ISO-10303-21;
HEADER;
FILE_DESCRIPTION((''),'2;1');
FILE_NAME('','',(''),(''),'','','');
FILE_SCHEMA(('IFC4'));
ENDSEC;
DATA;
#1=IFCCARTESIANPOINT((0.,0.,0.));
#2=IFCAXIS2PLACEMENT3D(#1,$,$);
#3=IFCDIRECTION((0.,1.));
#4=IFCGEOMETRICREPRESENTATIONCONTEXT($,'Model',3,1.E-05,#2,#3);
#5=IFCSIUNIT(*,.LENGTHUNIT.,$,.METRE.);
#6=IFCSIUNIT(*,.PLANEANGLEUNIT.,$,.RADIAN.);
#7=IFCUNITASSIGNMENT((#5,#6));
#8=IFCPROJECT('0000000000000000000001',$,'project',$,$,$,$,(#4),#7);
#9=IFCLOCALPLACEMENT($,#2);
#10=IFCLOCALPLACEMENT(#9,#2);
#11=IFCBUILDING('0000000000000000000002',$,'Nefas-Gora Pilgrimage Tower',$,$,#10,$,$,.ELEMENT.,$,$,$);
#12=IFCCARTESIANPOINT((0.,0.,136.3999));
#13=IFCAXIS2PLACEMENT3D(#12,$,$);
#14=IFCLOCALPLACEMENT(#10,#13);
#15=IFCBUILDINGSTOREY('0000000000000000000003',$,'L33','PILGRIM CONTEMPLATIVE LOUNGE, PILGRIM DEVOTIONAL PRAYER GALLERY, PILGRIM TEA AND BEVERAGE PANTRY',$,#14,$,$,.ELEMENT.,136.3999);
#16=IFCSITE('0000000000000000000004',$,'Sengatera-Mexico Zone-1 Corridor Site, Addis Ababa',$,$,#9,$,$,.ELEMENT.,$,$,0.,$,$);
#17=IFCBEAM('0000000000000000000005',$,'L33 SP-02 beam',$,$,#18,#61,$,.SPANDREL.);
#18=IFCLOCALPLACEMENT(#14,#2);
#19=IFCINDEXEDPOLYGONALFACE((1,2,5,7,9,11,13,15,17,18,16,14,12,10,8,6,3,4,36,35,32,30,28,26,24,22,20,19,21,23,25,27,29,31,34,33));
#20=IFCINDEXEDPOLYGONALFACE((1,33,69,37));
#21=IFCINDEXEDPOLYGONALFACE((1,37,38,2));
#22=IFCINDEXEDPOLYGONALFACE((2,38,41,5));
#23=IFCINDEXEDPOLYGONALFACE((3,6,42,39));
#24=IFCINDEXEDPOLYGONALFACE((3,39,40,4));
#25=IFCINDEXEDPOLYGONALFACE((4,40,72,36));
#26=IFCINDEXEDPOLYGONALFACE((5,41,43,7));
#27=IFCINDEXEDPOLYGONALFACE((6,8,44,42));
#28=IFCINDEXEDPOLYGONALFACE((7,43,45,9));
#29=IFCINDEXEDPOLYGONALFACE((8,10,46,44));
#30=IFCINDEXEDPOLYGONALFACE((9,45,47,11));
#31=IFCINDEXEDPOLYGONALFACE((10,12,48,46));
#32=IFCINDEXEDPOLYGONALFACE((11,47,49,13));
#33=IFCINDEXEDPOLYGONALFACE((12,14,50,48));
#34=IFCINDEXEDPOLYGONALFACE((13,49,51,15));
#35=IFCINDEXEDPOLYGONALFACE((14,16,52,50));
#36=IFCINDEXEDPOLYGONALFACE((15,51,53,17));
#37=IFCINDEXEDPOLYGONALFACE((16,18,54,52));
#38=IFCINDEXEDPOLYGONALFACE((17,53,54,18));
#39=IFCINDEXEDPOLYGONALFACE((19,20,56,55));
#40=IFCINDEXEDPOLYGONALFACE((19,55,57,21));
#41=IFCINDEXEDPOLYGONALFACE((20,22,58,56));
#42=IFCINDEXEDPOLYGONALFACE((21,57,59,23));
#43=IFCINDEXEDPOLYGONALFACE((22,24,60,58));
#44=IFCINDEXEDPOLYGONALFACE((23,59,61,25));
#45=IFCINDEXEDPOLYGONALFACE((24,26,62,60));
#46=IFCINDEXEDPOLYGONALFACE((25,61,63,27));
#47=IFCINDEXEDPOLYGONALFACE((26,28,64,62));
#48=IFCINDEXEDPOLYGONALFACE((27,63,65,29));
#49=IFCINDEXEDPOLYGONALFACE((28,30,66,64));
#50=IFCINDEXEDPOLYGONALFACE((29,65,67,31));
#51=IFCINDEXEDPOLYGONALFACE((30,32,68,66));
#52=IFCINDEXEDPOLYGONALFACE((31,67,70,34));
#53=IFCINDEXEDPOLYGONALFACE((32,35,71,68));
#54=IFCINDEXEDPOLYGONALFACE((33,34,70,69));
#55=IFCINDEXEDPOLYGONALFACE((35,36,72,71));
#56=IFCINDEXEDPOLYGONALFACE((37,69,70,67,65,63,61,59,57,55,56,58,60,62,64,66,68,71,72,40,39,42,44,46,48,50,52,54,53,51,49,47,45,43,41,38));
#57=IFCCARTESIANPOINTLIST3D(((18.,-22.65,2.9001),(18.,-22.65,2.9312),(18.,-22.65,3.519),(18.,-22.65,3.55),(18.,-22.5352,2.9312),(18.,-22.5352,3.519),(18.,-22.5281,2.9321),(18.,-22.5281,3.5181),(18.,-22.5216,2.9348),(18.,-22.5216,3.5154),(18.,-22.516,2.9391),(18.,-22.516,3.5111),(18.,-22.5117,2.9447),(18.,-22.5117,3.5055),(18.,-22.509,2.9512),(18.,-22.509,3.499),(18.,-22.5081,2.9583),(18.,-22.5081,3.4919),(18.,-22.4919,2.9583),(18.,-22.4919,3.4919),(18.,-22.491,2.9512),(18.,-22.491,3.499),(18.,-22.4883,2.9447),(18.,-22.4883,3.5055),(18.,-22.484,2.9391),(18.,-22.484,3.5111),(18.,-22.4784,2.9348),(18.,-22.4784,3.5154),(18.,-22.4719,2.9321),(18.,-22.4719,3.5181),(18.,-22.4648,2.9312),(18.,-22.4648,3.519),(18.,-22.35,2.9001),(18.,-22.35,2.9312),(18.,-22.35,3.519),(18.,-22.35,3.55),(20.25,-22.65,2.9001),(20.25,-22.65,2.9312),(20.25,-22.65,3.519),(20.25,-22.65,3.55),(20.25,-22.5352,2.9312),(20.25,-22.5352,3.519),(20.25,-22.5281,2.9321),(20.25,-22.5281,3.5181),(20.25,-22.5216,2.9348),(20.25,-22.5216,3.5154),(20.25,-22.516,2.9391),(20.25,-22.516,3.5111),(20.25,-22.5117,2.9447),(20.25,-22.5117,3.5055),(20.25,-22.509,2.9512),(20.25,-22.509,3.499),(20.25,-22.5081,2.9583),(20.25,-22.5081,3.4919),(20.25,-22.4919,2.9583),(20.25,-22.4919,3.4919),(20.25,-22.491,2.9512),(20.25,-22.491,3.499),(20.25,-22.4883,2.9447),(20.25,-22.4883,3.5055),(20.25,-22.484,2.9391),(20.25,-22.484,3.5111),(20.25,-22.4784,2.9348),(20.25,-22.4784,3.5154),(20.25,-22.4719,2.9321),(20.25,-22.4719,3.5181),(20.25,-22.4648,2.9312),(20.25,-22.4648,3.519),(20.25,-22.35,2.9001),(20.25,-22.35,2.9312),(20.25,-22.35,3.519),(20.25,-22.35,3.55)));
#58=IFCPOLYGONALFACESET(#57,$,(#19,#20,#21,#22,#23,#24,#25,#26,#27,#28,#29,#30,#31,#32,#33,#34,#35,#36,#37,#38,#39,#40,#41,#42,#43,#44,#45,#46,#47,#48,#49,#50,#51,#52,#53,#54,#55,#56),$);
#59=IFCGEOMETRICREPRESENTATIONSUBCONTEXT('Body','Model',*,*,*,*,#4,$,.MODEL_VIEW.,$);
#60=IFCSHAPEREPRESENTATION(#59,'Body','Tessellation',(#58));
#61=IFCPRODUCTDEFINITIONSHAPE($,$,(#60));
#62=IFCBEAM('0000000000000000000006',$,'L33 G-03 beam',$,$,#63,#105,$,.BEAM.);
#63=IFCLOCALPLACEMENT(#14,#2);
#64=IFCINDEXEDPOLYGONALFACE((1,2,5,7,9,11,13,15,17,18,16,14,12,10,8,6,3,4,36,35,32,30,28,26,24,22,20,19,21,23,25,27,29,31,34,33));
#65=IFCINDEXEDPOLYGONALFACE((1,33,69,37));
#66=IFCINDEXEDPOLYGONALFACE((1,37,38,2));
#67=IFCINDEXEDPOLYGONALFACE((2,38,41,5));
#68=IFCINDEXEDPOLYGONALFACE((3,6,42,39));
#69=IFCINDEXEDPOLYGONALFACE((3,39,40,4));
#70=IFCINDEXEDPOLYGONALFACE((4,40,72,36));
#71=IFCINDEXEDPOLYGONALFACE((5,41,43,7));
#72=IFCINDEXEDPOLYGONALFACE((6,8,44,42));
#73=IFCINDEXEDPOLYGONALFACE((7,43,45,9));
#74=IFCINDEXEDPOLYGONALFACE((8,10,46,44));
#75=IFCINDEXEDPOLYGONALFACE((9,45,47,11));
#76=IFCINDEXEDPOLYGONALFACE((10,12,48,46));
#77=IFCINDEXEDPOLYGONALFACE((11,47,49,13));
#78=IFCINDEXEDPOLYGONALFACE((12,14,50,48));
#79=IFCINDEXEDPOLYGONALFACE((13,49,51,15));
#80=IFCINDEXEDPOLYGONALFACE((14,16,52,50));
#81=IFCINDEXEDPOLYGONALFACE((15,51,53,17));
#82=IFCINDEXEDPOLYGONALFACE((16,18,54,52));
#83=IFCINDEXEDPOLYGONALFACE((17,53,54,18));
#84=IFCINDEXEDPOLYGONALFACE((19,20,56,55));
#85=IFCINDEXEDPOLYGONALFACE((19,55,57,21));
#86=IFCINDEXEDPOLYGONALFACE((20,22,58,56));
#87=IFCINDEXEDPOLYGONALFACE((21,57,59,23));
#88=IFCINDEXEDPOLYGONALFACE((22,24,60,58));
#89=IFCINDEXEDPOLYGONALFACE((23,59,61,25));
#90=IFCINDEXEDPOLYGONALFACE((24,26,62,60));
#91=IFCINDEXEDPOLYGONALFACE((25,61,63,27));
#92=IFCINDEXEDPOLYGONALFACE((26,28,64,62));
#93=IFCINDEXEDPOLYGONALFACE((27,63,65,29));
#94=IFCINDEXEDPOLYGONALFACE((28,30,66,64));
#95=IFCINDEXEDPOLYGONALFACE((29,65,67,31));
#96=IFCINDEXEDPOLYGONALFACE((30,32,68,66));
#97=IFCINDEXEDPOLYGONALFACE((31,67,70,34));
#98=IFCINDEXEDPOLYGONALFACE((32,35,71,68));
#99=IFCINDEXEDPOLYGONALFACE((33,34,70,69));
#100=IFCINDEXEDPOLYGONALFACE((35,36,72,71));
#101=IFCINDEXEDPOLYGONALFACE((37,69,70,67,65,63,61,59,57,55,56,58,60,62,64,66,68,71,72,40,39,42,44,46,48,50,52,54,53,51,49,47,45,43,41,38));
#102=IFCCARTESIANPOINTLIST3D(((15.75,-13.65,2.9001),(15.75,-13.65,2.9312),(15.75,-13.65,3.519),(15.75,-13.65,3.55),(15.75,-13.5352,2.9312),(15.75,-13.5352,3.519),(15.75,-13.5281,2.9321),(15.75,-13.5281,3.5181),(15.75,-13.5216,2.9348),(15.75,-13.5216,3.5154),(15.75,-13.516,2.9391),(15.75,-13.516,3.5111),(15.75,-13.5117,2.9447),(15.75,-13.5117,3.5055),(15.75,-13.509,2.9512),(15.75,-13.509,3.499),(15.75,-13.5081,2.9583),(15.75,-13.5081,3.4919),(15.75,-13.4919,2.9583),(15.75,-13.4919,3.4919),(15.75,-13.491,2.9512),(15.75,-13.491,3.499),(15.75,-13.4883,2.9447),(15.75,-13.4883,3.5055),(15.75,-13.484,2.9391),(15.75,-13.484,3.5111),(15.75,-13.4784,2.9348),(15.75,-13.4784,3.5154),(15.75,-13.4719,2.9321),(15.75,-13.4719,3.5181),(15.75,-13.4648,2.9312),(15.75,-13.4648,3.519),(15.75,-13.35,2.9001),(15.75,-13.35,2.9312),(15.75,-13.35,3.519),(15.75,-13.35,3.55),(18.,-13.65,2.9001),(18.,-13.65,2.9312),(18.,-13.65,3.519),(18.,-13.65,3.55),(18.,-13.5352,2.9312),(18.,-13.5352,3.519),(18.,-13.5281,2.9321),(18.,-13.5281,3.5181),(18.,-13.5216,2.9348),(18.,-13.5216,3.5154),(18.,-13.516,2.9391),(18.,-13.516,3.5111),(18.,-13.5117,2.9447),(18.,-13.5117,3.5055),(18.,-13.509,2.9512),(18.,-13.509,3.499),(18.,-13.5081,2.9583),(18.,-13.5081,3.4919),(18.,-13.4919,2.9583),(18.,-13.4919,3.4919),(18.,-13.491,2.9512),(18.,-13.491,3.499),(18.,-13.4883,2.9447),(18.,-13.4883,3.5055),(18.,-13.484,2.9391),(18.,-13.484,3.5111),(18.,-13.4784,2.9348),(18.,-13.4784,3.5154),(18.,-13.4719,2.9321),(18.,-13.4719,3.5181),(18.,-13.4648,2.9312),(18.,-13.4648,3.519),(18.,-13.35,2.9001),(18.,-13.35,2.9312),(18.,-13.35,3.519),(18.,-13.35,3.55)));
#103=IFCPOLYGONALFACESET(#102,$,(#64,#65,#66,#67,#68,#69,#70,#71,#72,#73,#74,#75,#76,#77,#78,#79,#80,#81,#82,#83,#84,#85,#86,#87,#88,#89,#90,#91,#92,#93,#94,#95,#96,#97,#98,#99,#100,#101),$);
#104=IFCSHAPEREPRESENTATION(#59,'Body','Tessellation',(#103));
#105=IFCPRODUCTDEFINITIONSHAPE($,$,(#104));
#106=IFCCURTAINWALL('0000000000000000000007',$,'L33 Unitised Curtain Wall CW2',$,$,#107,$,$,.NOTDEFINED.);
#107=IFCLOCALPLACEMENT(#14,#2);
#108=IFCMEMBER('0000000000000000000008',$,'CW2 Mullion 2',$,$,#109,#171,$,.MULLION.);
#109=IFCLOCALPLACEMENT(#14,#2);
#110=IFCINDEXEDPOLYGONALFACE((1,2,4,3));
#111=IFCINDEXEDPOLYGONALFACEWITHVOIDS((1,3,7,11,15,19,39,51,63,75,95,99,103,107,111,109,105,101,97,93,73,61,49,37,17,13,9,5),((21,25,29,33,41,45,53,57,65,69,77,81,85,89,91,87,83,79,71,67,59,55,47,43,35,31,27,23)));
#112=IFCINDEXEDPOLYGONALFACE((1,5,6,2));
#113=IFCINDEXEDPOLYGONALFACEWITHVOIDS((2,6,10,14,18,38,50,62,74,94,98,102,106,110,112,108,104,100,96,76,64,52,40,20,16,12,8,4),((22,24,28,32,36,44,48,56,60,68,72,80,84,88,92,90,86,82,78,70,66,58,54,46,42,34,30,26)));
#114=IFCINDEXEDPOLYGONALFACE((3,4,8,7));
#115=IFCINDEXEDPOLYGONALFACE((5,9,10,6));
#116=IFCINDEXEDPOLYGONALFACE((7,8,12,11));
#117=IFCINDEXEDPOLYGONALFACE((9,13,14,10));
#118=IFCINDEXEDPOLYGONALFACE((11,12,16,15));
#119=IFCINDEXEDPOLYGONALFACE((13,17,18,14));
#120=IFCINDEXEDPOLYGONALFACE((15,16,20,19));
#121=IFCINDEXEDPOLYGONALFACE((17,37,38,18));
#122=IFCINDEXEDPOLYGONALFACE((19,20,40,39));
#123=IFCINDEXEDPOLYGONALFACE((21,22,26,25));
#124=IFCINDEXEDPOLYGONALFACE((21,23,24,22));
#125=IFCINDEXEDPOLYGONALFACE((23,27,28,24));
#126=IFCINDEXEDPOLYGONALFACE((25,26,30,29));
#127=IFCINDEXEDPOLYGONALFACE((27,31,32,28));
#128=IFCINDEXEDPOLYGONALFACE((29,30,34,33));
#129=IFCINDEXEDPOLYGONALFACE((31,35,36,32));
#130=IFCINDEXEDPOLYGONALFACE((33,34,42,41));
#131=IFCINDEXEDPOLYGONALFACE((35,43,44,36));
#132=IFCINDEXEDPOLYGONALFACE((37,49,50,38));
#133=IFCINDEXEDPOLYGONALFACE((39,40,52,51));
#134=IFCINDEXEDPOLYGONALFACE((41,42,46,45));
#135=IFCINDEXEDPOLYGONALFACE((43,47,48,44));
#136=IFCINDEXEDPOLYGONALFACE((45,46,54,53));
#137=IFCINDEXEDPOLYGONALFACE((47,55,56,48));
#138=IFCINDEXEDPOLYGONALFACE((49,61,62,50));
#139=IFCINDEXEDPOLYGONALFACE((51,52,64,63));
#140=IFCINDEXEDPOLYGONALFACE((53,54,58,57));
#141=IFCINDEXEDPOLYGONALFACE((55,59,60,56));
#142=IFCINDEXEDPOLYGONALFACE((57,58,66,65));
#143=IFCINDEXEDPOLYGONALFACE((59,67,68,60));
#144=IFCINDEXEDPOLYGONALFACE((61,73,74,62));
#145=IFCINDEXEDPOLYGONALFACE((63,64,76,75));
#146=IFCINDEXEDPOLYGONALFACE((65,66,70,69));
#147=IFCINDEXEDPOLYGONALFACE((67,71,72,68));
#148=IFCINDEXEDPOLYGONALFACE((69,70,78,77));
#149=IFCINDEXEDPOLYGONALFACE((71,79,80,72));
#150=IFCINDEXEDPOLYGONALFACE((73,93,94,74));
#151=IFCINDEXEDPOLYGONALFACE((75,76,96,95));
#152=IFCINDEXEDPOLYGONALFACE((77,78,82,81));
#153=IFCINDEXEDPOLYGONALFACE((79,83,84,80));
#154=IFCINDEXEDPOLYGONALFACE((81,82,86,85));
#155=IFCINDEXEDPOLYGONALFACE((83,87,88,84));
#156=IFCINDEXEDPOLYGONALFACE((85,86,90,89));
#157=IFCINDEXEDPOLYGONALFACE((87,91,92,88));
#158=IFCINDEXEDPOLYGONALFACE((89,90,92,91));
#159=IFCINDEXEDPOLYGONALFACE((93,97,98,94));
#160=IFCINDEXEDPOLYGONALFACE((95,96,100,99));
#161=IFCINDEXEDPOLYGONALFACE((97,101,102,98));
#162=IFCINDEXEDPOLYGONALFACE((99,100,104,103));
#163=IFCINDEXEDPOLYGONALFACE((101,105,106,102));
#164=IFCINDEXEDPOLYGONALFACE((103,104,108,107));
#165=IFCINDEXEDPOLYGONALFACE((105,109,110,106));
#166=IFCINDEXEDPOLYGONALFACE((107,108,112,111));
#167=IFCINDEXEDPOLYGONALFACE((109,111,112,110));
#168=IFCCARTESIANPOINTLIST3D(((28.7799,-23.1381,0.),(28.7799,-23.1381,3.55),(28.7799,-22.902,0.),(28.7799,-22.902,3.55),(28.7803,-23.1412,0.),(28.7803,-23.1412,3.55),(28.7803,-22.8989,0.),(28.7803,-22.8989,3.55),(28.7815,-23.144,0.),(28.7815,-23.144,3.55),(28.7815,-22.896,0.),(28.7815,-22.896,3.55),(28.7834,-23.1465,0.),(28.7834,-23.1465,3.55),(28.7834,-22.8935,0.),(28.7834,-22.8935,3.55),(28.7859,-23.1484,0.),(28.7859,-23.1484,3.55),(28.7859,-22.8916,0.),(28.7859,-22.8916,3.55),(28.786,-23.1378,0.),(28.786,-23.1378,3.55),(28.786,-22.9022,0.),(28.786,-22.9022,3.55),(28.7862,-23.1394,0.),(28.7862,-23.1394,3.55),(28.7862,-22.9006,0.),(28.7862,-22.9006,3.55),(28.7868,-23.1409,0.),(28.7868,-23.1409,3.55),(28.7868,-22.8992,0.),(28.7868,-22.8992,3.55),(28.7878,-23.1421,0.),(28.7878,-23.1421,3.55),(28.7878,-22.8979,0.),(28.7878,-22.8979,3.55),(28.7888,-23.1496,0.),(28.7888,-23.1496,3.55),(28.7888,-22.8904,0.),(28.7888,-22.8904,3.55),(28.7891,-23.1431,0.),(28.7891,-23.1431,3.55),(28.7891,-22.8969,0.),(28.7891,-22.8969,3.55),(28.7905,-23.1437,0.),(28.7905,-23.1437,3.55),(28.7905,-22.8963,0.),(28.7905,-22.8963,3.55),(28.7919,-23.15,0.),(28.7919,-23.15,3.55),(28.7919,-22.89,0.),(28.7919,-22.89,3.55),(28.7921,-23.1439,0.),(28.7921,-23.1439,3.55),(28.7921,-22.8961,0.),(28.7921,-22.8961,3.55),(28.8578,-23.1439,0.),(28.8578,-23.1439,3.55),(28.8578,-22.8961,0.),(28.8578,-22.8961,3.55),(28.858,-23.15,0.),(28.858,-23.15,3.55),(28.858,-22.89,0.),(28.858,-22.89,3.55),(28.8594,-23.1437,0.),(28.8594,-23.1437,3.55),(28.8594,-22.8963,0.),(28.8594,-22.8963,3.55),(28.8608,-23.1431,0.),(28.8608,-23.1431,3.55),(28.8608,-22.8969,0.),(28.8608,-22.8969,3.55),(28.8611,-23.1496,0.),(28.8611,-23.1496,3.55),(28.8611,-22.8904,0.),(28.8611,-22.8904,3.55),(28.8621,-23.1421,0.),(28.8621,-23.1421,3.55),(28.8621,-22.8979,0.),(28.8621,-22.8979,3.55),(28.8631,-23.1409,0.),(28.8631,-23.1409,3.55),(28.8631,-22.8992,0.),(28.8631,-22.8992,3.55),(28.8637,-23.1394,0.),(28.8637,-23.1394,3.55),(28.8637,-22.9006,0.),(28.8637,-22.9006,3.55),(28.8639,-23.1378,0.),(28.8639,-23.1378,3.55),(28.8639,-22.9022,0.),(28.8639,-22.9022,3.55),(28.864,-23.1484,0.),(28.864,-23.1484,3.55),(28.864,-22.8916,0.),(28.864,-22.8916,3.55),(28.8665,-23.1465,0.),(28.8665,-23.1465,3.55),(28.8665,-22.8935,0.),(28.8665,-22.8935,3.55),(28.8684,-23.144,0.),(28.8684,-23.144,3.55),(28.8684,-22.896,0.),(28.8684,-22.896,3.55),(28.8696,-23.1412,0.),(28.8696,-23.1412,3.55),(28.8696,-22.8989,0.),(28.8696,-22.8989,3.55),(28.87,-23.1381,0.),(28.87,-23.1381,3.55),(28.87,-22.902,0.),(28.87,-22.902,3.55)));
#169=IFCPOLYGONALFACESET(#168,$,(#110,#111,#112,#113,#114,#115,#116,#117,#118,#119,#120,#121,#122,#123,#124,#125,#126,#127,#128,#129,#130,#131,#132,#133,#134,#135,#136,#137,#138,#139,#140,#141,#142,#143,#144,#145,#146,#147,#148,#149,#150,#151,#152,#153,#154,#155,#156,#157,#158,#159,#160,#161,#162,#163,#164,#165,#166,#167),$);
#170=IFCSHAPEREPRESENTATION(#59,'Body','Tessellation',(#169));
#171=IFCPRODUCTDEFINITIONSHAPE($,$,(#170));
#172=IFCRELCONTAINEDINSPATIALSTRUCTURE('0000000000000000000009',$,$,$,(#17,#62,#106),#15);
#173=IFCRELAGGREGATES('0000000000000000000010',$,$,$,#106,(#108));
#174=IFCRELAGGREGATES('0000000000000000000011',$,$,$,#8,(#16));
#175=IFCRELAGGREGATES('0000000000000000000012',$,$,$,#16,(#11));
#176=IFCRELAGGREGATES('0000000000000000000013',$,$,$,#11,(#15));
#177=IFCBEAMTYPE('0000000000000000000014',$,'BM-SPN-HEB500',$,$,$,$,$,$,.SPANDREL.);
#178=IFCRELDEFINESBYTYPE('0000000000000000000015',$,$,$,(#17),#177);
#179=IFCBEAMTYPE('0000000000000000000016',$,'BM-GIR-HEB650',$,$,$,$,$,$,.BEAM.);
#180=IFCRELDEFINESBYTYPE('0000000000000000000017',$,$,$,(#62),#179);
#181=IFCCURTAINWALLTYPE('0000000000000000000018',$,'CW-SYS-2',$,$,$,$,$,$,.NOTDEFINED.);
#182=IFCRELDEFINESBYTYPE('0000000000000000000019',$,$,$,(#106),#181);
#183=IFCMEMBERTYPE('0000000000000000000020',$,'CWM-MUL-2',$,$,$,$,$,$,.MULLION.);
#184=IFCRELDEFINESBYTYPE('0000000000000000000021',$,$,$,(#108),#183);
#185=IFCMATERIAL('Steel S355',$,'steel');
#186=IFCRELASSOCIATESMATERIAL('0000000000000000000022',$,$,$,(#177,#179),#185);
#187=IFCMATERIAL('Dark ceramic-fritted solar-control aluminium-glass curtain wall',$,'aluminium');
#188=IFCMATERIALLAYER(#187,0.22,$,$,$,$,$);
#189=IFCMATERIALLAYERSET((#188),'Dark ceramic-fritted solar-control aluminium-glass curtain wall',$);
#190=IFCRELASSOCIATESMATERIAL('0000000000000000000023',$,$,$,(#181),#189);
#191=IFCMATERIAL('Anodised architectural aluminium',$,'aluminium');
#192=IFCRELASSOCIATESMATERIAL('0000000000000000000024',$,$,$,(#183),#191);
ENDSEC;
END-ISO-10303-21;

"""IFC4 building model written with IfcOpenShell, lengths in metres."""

from ifc_helpers import new_model, si_unit, direction, frame, origin, origin_2d, place, context, subcontext, project, spatial, hollow_rectangle, i_section, extrude, source, transform, mapped, material, layer, layer_set, material_profile, profile_set, type_object, element, aggregate, save


model = new_model("IFC4")

# Units and contexts
model_context = context("Model", 3, precision=1e-05, world=origin(), true_north=direction((0.0, 1.0)))
body_context = subcontext(model_context, "Body", "Model", "MODEL_VIEW")
ifc_project = project(units=[si_unit("LENGTHUNIT", "METRE"), si_unit("PLANEANGLEUNIT", "RADIAN")], contexts=[model_context])

# Site, building, storey
site_placement = place(None, origin())
site = spatial("IfcSite", under=ifc_project, at=site_placement, Name="Sengatera-Mexico Zone-1 Corridor Site, Addis Ababa", CompositionType="ELEMENT", RefElevation=0.0)
building_placement = place(site_placement, origin())
building = spatial("IfcBuilding", under=site, at=building_placement, Name="Nefas-Gora Pilgrimage Tower", CompositionType="ELEMENT")
storey_placement = place(building_placement, frame((0.0, 0.0, 136.3999)))
storey = spatial("IfcBuildingStorey", under=building, at=storey_placement, Name="L33", Description="PILGRIM CONTEMPLATIVE LOUNGE, PILGRIM DEVOTIONAL PRAYER GALLERY, PILGRIM TEA AND BEVERAGE PANTRY", CompositionType="ELEMENT", Elevation=136.3999)

# Beams
ifc_material_1 = material(Name="Steel S355", Category="steel")
ifc_material_profile_1 = material_profile(ifc_material_1, i_section(OverallWidth=0.3, OverallDepth=0.6499, WebThickness=0.0161, FlangeThickness=0.031, FilletRadius=0.0271, at=origin_2d()), Name="HEB 650")
ifc_profile_set_1 = profile_set([ifc_material_profile_1], Name="Steel S355")
beam_type_1 = type_object("IfcBeamType", Name="BM-SPN-HEB500", PredefinedType="SPANDREL", material=ifc_profile_set_1)
ifc_material_profile_2 = material_profile(ifc_material_1, i_section(OverallWidth=0.3, OverallDepth=0.6499, WebThickness=0.0161, FlangeThickness=0.031, FilletRadius=0.0271, at=origin_2d()), Name="HEB 650")
ifc_profile_set_2 = profile_set([ifc_material_profile_2], Name="Steel S355")
beam_type_2 = type_object("IfcBeamType", Name="BM-GIR-HEB650", PredefinedType="BEAM", material=ifc_profile_set_2)
shared_shape_1 = source(origin(), body_context, "Body", "SweptSolid", [
    extrude(i_section(OverallWidth=0.3, OverallDepth=0.6499, WebThickness=0.0161, FlangeThickness=0.031, FilletRadius=0.0271, at=origin_2d()), origin(), (0.0, 0.0, 1.0), 2.25),
])
for number, where, z_axis, x_axis, name in (
    (1, (18.0, -22.5, 3.2251), (1.0, 0.0, 0.0), (0.0, 1.0, 0.0), "L33 SP-02 beam"),
):
    element("IfcBeam", number, at=place(storey_placement, frame(where, z_axis=z_axis, x_axis=x_axis)), inside=storey, type_object=beam_type_1, Name=name, PredefinedType="SPANDREL", context=body_context, shape_type="MappedRepresentation", body=[
        mapped(shared_shape_1, transform((0.0, 0.0, 0.0), x_axis=(1.0, 0.0, 0.0), y_axis=(0.0, 1.0, 0.0), z_axis=(0.0, 0.0, 1.0), scale=1.0)),
    ])
shared_shape_2 = source(origin(), body_context, "Body", "SweptSolid", [
    extrude(i_section(OverallWidth=0.3, OverallDepth=0.6499, WebThickness=0.0161, FlangeThickness=0.031, FilletRadius=0.0271, at=origin_2d()), origin(), (0.0, 0.0, 1.0), 2.25),
])
beam_1_placement = place(storey_placement, frame((15.75, -13.5, 3.2251), z_axis=(1.0, 0.0, 0.0), x_axis=(0.0, 1.0, 0.0)))
element("IfcBeam", 2, at=beam_1_placement, inside=storey, type_object=beam_type_2, Name="L33 G-03 beam", PredefinedType="BEAM", context=body_context, shape_type="MappedRepresentation", body=[
    mapped(shared_shape_2, transform((0.0, 0.0, 0.0), x_axis=(1.0, 0.0, 0.0), y_axis=(0.0, 1.0, 0.0), z_axis=(0.0, 0.0, 1.0), scale=1.0)),
])

# Curtain wall, member
ifc_material_2 = material(Name="Dark ceramic-fritted solar-control aluminium-glass curtain wall", Category="aluminium")
ifc_layer_1 = layer(ifc_material_2, 0.22)
ifc_layer_set_1 = layer_set([ifc_layer_1], Name="Dark ceramic-fritted solar-control aluminium-glass curtain wall")
curtain_wall_type = type_object("IfcCurtainWallType", Name="CW-SYS-2", PredefinedType="NOTDEFINED", material=ifc_layer_set_1)
curtain_wall_1_placement = place(storey_placement, origin())
curtain_wall_1 = element("IfcCurtainWall", 3, at=curtain_wall_1_placement, inside=storey, type_object=curtain_wall_type, Name="L33 Unitised Curtain Wall CW2", PredefinedType="NOTDEFINED")
ifc_material_3 = material(Name="Anodised architectural aluminium", Category="aluminium")
ifc_material_profile_3 = material_profile(ifc_material_3, hollow_rectangle(XDim=0.0901, YDim=0.26, WallThickness=0.0061, InnerFilletRadius=0.0061, OuterFilletRadius=0.012, at=origin_2d()), Name="ALU MULLION 90x260")
ifc_profile_set_3 = profile_set([ifc_material_profile_3], Name="Anodised architectural aluminium")
member_type_1 = type_object("IfcMemberType", Name="CWM-MUL-2", PredefinedType="MULLION", material=ifc_profile_set_3)
shared_shape_3 = source(origin(), body_context, "Body", "SweptSolid", [
    extrude(hollow_rectangle(XDim=0.0901, YDim=0.26, WallThickness=0.0061, InnerFilletRadius=0.0061, OuterFilletRadius=0.012, at=origin_2d()), origin(), (0.0, 0.0, 1.0), 3.55),
])
member_1_placement = place(storey_placement, frame((28.825, -23.02, 0.0), z_axis=(0.0, 0.0, 1.0), x_axis=(1.0, 0.0, 0.0)))
member_1 = element("IfcMember", 4, at=member_1_placement, type_object=member_type_1, Name="CW2 Mullion 2", PredefinedType="MULLION", context=body_context, shape_type="MappedRepresentation", body=[
    mapped(shared_shape_3, transform((0.0, 0.0, 0.0), x_axis=(1.0, 0.0, 0.0), y_axis=(0.0, 1.0, 0.0), z_axis=(0.0, 0.0, 1.0), scale=1.0)),
])

aggregate(curtain_wall_1, [member_1])

save(model, "model.ifc")
